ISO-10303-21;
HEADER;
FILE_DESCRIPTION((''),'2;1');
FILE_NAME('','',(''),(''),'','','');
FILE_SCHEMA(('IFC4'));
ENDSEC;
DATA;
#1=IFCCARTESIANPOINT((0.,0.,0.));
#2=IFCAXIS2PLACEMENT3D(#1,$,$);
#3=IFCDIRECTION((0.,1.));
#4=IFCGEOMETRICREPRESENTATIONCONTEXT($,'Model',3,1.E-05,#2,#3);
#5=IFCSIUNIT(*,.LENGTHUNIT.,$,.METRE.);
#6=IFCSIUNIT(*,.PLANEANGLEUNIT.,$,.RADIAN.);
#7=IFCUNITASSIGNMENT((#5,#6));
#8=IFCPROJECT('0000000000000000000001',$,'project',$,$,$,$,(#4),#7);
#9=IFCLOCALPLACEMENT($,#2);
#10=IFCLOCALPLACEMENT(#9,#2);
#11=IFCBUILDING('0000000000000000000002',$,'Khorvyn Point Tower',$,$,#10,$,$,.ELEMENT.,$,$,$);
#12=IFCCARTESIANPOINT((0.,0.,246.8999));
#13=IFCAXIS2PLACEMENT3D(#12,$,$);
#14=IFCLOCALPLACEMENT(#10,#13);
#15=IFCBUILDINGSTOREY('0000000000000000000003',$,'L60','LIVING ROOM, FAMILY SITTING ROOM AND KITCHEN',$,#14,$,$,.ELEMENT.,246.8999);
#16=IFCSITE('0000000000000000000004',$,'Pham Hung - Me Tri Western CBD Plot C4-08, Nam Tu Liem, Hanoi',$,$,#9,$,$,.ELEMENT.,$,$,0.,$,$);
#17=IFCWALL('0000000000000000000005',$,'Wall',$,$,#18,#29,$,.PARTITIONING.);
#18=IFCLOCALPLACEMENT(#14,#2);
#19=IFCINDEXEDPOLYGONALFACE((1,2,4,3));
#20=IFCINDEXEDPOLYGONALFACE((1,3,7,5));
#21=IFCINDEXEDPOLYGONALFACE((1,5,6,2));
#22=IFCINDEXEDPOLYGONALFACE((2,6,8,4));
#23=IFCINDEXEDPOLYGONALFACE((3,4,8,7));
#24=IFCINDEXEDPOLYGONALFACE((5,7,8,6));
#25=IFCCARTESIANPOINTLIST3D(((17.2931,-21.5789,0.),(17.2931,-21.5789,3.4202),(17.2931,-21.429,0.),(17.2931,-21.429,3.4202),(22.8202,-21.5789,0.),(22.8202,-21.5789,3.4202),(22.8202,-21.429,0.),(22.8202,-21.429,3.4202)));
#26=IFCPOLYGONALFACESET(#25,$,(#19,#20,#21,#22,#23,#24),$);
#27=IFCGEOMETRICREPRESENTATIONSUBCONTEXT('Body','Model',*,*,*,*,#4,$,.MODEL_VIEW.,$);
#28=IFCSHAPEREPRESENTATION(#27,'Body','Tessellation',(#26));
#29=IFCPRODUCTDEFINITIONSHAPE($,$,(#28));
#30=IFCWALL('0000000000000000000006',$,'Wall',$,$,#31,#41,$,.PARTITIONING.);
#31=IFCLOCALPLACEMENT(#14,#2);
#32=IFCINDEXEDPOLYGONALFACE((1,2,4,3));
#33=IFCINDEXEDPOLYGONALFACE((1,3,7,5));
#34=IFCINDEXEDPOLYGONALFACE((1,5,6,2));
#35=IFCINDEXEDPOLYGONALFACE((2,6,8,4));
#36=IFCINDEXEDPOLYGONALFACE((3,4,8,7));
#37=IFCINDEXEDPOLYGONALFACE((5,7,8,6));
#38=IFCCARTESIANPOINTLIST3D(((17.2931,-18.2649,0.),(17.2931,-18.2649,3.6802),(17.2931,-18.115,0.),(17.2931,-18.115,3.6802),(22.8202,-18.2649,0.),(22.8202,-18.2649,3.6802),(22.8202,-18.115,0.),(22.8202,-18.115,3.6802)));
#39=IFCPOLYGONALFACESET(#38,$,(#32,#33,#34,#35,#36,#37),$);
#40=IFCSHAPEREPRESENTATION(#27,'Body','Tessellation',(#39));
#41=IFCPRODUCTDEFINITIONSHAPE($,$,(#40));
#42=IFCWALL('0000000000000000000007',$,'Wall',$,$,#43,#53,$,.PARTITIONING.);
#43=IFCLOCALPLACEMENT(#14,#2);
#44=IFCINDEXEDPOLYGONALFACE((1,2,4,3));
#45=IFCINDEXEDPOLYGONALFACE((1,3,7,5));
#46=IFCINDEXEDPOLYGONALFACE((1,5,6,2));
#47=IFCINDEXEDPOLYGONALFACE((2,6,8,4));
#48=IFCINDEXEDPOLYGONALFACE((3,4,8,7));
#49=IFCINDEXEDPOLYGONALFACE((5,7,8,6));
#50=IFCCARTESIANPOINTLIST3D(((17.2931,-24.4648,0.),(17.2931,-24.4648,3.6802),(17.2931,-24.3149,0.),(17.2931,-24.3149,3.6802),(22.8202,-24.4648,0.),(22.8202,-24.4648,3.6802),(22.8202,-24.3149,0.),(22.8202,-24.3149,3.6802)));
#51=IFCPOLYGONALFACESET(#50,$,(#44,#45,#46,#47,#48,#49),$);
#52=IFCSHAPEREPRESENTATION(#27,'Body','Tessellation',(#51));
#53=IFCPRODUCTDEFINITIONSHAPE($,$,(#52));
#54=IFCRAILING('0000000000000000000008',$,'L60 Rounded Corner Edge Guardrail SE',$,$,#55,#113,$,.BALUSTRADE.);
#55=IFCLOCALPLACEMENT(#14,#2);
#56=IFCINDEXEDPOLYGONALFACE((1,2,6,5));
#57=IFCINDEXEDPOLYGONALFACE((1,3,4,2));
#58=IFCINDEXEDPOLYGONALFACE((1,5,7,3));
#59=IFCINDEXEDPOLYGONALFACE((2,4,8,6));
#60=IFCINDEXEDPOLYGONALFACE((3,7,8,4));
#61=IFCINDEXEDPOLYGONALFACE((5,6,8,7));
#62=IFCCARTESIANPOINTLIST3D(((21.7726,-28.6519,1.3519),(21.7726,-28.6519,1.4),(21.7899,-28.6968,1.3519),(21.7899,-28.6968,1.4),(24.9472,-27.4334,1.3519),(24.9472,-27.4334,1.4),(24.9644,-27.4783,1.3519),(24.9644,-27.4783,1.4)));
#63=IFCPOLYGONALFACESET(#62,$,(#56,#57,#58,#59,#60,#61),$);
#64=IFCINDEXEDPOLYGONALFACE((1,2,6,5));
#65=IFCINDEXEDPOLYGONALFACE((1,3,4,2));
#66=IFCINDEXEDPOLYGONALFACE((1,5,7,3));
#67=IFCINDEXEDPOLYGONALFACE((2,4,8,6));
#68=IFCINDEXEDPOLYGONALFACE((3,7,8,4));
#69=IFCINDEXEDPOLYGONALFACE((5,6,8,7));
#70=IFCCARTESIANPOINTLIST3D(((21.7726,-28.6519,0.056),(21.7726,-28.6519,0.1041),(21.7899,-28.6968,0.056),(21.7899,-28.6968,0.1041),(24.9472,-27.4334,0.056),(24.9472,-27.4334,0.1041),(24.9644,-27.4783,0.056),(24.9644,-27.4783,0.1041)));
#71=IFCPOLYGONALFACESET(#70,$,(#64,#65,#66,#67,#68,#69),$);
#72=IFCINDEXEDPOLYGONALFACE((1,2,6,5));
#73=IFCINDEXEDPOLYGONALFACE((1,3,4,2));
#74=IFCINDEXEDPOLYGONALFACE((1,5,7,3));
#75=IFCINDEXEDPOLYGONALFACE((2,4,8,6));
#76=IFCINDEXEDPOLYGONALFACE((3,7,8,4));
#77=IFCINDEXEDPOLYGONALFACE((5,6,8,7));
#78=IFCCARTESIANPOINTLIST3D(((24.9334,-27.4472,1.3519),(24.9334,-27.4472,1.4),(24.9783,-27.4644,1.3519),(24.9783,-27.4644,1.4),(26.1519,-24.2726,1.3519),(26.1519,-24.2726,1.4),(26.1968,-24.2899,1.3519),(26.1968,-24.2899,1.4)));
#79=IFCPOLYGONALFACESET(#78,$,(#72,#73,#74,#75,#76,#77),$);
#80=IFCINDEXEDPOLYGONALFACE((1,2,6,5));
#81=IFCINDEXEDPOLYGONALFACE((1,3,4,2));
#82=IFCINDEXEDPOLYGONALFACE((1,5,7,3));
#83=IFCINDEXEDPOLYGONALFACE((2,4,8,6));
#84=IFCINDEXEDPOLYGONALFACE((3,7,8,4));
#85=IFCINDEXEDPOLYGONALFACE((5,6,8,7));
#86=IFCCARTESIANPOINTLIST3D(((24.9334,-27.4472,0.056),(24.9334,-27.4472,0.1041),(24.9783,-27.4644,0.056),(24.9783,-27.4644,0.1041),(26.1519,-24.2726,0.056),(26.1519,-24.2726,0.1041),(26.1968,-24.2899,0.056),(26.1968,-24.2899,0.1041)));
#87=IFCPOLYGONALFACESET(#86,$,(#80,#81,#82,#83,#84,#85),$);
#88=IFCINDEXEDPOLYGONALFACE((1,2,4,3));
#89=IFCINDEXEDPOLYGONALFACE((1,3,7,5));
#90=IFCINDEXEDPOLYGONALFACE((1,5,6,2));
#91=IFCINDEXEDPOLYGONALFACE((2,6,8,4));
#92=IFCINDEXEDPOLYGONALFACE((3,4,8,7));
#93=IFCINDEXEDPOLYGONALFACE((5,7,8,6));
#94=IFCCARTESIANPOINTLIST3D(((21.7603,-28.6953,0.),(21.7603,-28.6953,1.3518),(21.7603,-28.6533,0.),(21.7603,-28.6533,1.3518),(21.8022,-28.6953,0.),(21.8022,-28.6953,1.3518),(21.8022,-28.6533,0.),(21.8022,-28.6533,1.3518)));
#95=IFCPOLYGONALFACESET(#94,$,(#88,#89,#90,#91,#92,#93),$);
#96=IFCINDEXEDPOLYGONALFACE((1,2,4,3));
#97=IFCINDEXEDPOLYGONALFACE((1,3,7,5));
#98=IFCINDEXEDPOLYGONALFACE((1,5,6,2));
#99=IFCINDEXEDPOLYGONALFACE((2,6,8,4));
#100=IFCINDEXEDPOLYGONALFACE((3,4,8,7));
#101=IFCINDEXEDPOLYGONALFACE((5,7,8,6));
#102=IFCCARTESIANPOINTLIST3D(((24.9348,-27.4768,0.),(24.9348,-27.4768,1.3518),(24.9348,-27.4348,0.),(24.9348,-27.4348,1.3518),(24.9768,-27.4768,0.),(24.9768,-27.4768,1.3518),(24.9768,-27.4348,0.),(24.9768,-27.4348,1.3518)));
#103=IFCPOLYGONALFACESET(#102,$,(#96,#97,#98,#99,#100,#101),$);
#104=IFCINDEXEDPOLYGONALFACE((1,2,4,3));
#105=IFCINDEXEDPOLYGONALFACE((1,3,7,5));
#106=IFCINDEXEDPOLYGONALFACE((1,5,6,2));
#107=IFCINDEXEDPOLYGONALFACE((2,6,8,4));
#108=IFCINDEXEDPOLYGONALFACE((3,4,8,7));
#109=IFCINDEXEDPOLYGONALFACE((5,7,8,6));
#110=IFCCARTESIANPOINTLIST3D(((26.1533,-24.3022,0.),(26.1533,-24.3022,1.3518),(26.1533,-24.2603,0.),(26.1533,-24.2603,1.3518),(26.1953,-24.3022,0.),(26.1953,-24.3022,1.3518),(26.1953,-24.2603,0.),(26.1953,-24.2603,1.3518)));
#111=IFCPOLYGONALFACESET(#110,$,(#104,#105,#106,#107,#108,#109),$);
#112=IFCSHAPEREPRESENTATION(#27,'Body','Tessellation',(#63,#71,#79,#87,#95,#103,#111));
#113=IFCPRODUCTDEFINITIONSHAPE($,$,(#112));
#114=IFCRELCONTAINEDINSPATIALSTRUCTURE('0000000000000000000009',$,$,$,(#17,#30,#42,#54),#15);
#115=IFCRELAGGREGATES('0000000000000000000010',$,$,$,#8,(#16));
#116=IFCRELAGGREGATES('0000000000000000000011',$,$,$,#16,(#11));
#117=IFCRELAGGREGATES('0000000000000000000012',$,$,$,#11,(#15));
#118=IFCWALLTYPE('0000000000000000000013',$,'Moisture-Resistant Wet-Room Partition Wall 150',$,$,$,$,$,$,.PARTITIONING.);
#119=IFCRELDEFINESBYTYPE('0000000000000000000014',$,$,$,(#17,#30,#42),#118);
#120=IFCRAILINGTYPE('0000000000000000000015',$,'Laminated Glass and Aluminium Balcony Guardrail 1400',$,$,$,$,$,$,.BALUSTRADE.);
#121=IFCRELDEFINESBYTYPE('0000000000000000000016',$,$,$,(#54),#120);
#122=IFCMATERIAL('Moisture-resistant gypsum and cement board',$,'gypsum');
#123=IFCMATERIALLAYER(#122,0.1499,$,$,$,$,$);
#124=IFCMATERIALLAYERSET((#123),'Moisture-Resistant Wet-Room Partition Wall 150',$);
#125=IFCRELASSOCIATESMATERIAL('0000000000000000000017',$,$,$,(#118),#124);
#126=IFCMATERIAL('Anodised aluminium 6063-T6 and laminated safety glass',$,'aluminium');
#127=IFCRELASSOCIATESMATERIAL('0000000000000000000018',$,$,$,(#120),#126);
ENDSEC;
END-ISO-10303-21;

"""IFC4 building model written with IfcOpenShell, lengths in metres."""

from ifc_helpers import new_model, si_unit, direction, frame, frame_2d, origin, origin_2d, place, context, subcontext, project, spatial, rectangle, extrude, material, layer, layer_set, type_object, element, save


model = new_model("IFC4")

# Units and contexts
model_context = context("Model", 3, precision=1e-05, world=origin(), true_north=direction((0.0, 1.0)))
body_context = subcontext(model_context, "Body", "Model", "MODEL_VIEW")
ifc_project = project(units=[si_unit("LENGTHUNIT", "METRE"), si_unit("PLANEANGLEUNIT", "RADIAN")], contexts=[model_context])

# Site, building, storey
site_placement = place(None, origin())
site = spatial("IfcSite", under=ifc_project, at=site_placement, Name="Pham Hung - Me Tri Western CBD Plot C4-08, Nam Tu Liem, Hanoi", CompositionType="ELEMENT", RefElevation=0.0)
building_placement = place(site_placement, origin())
building = spatial("IfcBuilding", under=site, at=building_placement, Name="Khorvyn Point Tower", CompositionType="ELEMENT")
storey_placement = place(building_placement, frame((0.0, 0.0, 246.8999)))
storey = spatial("IfcBuildingStorey", under=building, at=storey_placement, Name="L60", Description="LIVING ROOM, FAMILY SITTING ROOM AND KITCHEN", CompositionType="ELEMENT", Elevation=246.8999)

# Shared definitions
ifc_material_1 = material(Name="Moisture-resistant gypsum and cement board", Category="gypsum")
ifc_layer_1 = layer(ifc_material_1, 0.1499)
ifc_layer_set_1 = layer_set([ifc_layer_1], Name="Moisture-Resistant Wet-Room Partition Wall 150")
wall_type_1 = type_object("IfcWallType", Name="Moisture-Resistant Wet-Room Partition Wall 150", PredefinedType="PARTITIONING", material=ifc_layer_set_1)

# Walls
wall_1_placement = place(storey_placement, frame((17.293, -21.5039, 0.0), z_axis=(0.0, 0.0, 1.0), x_axis=(1.0, 0.0, 0.0)))
element("IfcWall", 1, at=wall_1_placement, inside=storey, type_object=wall_type_1, Name="Wall", PredefinedType="PARTITIONING", context=body_context, shape_type="SweptSolid", body=[
    extrude(rectangle(XDim=5.5271, YDim=0.1499, at=frame_2d((2.7637, 0.0))), origin(), (0.0, 0.0, 1.0), 3.4202),
])
for number, where, z_axis, x_axis, name in (
    (2, (17.293, -18.1899, 0.0), (0.0, 0.0, 1.0), (1.0, 0.0, 0.0), "Wall"),
    (3, (17.293, -24.3899, 0.0), (0.0, 0.0, 1.0), (1.0, 0.0, 0.0), "Wall"),
):
    element("IfcWall", number, at=place(storey_placement, frame(where, z_axis=z_axis, x_axis=x_axis)), inside=storey, type_object=wall_type_1, Name=name, PredefinedType="PARTITIONING", context=body_context, shape_type="SweptSolid", body=[
        extrude(rectangle(XDim=5.5271, YDim=0.1499, at=frame_2d((2.7637, 0.0))), origin(), (0.0, 0.0, 1.0), 3.6802),
    ])

# Railing
ifc_material_2 = material(Name="Anodised aluminium 6063-T6 and laminated safety glass", Category="aluminium")
railing_type = type_object("IfcRailingType", Name="Laminated Glass and Aluminium Balcony Guardrail 1400", PredefinedType="BALUSTRADE", material=ifc_material_2)
railing_1_placement = place(storey_placement, frame((21.7812, -28.6743, 0.0)))
element("IfcRailing", 4, at=railing_1_placement, inside=storey, type_object=railing_type, Name="L60 Rounded Corner Edge Guardrail SE", PredefinedType="BALUSTRADE", context=body_context, shape_type="SweptSolid", body=[
    extrude(rectangle(XDim=0.0481, YDim=0.0481, at=origin_2d()), frame((0.0, 0.0, 1.376), z_axis=(0.93359, 0.358344, 0.0), x_axis=(-0.358344, 0.93359, 0.0)), (0.0, 0.0, 1.0), 3.4004),
    extrude(rectangle(XDim=0.0481, YDim=0.0481, at=origin_2d()), frame((0.0, 0.0, 0.0801), z_axis=(0.93359, 0.358344, 0.0), x_axis=(-0.358344, 0.93359, 0.0)), (0.0, 0.0, 1.0), 3.4004),
    extrude(rectangle(XDim=0.0481, YDim=0.0481, at=origin_2d()), frame((3.1746, 1.2185, 1.376), z_axis=(0.358344, 0.93359, 0.0), x_axis=(-0.93359, 0.358344, 0.0)), (0.0, 0.0, 1.0), 3.4004),
    extrude(rectangle(XDim=0.0481, YDim=0.0481, at=origin_2d()), frame((3.1746, 1.2185, 0.0801), z_axis=(0.358344, 0.93359, 0.0), x_axis=(-0.93359, 0.358344, 0.0)), (0.0, 0.0, 1.0), 3.4004),
    extrude(rectangle(XDim=0.042, YDim=0.042, at=origin_2d()), origin(), (0.0, 0.0, 1.0), 1.3518),
    extrude(rectangle(XDim=0.042, YDim=0.042, at=origin_2d()), frame((3.1746, 1.2185, 0.0)), (0.0, 0.0, 1.0), 1.3518),
    extrude(rectangle(XDim=0.042, YDim=0.042, at=origin_2d()), frame((4.3931, 4.3931, 0.0)), (0.0, 0.0, 1.0), 1.3518),
])

save(model, "model.ifc")
